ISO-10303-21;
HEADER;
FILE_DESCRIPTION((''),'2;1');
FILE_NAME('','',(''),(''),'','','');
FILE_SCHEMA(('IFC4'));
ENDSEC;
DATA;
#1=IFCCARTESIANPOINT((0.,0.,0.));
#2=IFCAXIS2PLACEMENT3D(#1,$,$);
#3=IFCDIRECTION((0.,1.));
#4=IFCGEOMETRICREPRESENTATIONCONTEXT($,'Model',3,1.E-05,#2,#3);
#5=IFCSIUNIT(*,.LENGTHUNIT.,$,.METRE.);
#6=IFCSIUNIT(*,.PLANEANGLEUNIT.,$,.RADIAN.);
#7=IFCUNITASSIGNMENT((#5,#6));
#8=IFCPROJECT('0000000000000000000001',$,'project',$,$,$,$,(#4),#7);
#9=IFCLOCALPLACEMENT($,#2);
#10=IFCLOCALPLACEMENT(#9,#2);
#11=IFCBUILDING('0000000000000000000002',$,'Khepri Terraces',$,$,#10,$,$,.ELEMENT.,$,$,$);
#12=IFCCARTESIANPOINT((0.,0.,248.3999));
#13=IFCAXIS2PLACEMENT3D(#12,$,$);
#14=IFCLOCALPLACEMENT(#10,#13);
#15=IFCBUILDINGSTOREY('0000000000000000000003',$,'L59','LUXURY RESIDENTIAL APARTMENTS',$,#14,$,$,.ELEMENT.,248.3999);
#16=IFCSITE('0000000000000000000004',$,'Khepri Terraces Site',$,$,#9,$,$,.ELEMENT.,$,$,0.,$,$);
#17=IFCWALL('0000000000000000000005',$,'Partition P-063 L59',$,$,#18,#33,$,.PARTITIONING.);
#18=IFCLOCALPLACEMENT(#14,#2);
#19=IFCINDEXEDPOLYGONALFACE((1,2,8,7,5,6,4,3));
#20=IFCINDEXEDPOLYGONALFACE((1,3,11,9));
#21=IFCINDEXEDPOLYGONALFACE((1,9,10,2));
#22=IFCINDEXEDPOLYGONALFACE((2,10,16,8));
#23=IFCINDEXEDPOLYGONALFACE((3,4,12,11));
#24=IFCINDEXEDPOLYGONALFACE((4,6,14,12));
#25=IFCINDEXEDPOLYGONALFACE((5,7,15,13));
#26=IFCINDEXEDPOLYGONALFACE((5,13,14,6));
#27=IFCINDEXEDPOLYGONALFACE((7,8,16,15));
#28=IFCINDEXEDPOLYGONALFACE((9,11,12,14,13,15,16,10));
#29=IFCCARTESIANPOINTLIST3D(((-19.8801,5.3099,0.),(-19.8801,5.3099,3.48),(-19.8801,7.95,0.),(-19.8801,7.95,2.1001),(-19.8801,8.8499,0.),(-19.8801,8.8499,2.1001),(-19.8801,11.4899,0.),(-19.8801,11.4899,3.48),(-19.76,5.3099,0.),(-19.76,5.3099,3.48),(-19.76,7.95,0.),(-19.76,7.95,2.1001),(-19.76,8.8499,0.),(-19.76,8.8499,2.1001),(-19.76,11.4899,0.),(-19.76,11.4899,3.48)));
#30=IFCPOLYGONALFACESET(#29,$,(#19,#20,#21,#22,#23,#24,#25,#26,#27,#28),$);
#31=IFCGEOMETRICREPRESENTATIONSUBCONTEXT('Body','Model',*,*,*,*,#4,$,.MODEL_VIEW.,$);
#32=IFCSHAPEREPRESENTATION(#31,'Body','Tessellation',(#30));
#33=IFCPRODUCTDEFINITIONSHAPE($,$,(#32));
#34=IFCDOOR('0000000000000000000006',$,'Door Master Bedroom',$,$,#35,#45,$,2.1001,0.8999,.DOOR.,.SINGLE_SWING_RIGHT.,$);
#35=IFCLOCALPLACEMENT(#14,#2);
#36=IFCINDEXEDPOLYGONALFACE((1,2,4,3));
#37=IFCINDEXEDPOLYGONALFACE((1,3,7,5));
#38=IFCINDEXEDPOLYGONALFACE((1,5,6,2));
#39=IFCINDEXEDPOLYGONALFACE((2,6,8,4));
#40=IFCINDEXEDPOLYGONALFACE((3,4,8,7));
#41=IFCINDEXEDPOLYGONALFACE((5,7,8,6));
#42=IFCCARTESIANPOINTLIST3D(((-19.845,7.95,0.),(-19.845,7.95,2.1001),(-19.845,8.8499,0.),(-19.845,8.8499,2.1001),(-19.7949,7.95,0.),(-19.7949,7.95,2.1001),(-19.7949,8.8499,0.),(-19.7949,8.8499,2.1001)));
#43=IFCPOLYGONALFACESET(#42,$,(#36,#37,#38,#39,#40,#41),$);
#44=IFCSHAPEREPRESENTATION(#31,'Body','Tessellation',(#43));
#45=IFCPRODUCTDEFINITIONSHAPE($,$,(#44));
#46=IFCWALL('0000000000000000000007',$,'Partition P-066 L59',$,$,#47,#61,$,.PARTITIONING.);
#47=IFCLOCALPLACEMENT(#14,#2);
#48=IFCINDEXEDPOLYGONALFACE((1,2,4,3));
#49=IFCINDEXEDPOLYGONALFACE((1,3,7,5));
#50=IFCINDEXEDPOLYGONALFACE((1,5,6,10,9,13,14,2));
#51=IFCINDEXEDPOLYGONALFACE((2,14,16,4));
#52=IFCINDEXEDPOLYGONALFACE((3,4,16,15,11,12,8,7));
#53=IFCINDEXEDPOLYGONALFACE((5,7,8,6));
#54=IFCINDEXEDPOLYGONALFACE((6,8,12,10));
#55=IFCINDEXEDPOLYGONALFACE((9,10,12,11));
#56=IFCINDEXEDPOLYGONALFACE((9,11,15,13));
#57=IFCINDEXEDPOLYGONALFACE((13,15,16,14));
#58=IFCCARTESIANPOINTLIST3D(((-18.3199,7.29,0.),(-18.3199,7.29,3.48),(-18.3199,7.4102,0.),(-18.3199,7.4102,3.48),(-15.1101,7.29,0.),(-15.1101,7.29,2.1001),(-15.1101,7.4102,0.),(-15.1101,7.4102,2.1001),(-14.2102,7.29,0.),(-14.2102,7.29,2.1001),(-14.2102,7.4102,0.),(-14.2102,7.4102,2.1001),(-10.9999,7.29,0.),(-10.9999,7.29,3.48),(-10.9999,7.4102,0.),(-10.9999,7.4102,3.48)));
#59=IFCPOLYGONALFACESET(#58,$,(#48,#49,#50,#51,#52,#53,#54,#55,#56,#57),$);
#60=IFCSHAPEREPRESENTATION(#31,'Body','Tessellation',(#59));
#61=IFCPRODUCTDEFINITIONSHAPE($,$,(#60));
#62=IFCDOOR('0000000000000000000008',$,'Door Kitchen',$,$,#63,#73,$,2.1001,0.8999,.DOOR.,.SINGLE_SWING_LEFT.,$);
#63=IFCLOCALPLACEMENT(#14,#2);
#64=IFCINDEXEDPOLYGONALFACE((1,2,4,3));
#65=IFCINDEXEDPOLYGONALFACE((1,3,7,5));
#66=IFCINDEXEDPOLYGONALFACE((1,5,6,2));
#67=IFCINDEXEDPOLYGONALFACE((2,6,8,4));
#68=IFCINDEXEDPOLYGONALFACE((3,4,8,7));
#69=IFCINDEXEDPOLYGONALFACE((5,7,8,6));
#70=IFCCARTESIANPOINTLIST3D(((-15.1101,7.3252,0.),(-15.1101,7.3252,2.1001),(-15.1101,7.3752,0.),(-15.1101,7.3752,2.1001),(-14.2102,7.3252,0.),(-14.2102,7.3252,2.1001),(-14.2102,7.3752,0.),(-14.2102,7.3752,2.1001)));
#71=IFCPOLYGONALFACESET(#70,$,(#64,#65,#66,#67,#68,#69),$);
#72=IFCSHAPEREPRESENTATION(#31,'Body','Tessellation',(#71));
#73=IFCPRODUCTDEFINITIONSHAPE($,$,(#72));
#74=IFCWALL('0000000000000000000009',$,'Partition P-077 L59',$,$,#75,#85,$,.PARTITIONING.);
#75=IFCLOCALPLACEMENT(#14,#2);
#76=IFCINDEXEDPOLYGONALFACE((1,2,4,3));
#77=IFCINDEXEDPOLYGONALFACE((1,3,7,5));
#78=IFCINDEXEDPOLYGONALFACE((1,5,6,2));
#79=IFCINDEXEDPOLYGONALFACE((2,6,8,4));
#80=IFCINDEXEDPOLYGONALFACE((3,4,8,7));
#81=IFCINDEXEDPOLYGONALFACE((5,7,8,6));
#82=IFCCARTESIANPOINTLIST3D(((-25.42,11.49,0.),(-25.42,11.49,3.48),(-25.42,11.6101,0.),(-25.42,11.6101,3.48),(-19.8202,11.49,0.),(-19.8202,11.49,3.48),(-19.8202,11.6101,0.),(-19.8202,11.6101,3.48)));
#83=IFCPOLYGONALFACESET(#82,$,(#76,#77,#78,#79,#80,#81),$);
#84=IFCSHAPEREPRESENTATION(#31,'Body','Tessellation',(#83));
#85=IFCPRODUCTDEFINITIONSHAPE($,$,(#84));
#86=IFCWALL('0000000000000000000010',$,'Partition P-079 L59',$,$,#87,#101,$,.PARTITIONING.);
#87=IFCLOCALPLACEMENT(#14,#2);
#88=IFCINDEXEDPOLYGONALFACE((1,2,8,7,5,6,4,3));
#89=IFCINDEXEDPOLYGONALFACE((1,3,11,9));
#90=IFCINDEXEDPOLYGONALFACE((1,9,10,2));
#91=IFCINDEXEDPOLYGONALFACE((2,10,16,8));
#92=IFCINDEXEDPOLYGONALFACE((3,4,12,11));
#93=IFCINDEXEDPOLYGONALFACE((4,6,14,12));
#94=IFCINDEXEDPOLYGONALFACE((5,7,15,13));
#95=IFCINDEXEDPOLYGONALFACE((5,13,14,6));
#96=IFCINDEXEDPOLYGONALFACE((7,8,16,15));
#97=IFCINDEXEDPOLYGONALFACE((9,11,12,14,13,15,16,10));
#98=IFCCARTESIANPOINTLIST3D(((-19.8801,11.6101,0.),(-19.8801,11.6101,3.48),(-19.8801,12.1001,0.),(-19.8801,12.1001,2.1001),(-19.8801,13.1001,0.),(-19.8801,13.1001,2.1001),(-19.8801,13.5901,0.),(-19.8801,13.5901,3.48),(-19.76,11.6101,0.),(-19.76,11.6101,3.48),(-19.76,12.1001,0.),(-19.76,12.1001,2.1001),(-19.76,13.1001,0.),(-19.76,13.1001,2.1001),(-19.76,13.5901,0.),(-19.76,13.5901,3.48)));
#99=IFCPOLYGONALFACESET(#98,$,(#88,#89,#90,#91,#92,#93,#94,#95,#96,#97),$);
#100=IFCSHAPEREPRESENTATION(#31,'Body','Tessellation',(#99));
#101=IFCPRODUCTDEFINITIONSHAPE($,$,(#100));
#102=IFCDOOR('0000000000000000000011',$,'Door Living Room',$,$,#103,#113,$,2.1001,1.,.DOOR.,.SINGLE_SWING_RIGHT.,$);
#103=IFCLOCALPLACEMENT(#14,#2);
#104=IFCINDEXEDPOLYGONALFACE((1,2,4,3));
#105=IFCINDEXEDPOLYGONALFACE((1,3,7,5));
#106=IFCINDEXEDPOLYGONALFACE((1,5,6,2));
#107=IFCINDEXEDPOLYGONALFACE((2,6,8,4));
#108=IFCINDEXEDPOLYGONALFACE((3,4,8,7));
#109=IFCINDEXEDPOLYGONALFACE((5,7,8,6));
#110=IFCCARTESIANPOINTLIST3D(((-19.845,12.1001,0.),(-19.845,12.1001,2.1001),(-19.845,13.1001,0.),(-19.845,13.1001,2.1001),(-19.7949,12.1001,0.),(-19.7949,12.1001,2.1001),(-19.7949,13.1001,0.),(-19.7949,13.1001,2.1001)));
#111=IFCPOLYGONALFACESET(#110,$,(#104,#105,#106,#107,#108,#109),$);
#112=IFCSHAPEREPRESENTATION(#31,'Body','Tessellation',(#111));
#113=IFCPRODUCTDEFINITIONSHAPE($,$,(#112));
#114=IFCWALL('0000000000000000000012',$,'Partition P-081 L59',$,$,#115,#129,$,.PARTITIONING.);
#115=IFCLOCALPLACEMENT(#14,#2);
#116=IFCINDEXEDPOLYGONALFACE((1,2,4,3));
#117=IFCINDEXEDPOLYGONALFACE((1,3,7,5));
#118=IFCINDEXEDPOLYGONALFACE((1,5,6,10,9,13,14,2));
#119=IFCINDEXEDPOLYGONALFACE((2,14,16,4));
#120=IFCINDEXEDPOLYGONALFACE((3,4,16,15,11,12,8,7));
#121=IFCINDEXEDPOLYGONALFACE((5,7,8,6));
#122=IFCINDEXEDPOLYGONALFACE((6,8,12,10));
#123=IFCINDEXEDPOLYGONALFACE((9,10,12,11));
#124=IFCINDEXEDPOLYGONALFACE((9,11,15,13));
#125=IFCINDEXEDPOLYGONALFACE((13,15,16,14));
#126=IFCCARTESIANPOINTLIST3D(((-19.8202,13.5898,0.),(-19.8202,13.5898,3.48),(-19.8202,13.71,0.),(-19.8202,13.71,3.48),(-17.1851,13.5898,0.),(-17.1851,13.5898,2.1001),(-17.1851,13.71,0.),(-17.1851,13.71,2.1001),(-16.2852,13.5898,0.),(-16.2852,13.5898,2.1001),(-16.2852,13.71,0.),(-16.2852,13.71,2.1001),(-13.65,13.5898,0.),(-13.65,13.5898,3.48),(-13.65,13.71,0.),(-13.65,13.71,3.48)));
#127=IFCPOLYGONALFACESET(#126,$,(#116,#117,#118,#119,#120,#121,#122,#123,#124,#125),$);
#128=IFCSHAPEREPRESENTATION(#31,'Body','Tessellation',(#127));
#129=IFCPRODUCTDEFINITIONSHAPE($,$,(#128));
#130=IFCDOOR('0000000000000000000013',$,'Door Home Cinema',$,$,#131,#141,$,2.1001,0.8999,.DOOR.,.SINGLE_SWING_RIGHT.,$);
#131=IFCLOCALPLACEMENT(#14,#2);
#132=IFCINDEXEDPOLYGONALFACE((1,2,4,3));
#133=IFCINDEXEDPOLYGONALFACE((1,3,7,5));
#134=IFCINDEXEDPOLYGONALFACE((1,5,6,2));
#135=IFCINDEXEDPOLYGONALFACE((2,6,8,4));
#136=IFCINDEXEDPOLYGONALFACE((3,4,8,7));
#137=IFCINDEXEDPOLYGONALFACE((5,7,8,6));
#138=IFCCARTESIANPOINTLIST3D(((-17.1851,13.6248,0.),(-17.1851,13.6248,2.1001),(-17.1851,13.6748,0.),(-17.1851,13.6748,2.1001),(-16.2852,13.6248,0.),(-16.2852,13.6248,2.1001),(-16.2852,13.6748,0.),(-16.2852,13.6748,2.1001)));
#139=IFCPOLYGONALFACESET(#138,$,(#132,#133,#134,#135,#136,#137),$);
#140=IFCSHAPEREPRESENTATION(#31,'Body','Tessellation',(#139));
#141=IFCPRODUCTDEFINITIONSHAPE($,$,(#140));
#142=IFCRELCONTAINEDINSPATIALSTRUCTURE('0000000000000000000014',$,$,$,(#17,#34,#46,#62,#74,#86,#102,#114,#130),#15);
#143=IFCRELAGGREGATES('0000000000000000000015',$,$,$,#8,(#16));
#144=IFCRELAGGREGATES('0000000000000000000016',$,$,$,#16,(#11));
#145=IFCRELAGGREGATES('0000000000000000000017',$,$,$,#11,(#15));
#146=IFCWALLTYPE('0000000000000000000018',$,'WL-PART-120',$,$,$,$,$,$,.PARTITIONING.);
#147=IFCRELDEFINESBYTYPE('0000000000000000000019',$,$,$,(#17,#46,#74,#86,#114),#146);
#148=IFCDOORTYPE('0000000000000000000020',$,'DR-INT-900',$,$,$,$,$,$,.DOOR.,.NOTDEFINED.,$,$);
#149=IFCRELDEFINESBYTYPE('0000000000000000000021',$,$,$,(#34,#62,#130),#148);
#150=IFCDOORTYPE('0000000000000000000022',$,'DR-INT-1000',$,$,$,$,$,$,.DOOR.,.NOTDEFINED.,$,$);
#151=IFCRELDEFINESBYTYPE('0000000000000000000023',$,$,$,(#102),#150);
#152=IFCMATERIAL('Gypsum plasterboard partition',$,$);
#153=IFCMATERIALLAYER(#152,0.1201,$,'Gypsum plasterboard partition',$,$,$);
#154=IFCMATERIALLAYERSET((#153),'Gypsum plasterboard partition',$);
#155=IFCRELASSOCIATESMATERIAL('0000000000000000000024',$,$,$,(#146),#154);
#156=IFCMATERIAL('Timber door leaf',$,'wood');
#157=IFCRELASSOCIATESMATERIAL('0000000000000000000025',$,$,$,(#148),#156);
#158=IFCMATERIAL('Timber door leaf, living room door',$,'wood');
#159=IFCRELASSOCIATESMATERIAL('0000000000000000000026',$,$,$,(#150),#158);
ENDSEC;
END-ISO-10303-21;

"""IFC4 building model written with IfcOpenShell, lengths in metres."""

from ifc_helpers import new_model, si_unit, direction, frame, frame_2d, origin, place, context, subcontext, project, spatial, rectangle, extrude, material, layer, layer_set, type_object, element, fill, save


model = new_model("IFC4")

# Units and contexts
model_context = context("Model", 3, precision=1e-05, world=origin(), true_north=direction((0.0, 1.0)))
body_context = subcontext(model_context, "Body", "Model", "MODEL_VIEW")
ifc_project = project(units=[si_unit("LENGTHUNIT", "METRE"), si_unit("PLANEANGLEUNIT", "RADIAN")], contexts=[model_context])

# Site, building, storey
site_placement = place(None, origin())
site = spatial("IfcSite", under=ifc_project, at=site_placement, Name="Khepri Terraces Site", CompositionType="ELEMENT", RefElevation=0.0)
building_placement = place(site_placement, origin())
building = spatial("IfcBuilding", under=site, at=building_placement, Name="Khepri Terraces", CompositionType="ELEMENT")
storey_placement = place(building_placement, frame((0.0, 0.0, 248.3999)))
storey = spatial("IfcBuildingStorey", under=building, at=storey_placement, Name="L59", Description="LUXURY RESIDENTIAL APARTMENTS", CompositionType="ELEMENT", Elevation=248.3999)

# Shared definitions
ifc_material_1 = material(Name="Gypsum plasterboard partition")
ifc_layer_1 = layer(ifc_material_1, 0.1201, Name="Gypsum plasterboard partition")
ifc_layer_set_1 = layer_set([ifc_layer_1], Name="Gypsum plasterboard partition")
wall_type_1 = type_object("IfcWallType", Name="WL-PART-120", PredefinedType="PARTITIONING", material=ifc_layer_set_1)

# Walls, openings, doors
ifc_material_2 = material(Name="Timber door leaf", Category="wood")
door_type_1 = type_object("IfcDoorType", Name="DR-INT-900", OperationType="NOTDEFINED", PredefinedType="DOOR", material=ifc_material_2)
wall_1_placement = place(storey_placement, frame((-19.8201, 5.3101, 0.0), z_axis=(0.0, 0.0, 1.0), x_axis=(0.0, 1.0, 0.0)))
wall_1 = element("IfcWall", 1, at=wall_1_placement, inside=storey, type_object=wall_type_1, Name="Partition P-063 L59", PredefinedType="PARTITIONING", context=body_context, shape_type="SweptSolid", body=[
    extrude(rectangle(XDim=6.1799, YDim=0.1201, at=frame_2d((3.0898, 0.0))), origin(), (0.0, 0.0, 1.0), 3.48),
])
opening_1_placement = place(wall_1_placement, frame((2.6399, 0.0, 0.0)))
opening_1 = element("IfcOpeningElement", 2, at=opening_1_placement, cuts=wall_1, PredefinedType="OPENING", context=body_context, shape_type="SweptSolid", body=[
    extrude(rectangle(XDim=0.8999, YDim=2.1001, at=frame_2d((0.45, 1.05))), frame((0.0, 0.0701, 0.0), z_axis=(0.0, -1.0, 0.0), x_axis=(1.0, 0.0, 0.0)), (0.0, 0.0, 1.0), 0.1401),
])
door_1_placement = place(opening_1_placement, origin())
door_1 = element("IfcDoor", 3, at=door_1_placement, inside=storey, type_object=door_type_1, Name="Door Master Bedroom", OperationType="SINGLE_SWING_RIGHT", OverallHeight=2.1001, OverallWidth=0.8999, PredefinedType="DOOR", context=body_context, shape_type="SweptSolid", body=[
    extrude(rectangle(XDim=0.8999, YDim=2.1001, at=frame_2d((0.45, 1.05))), frame((0.0, 0.0249, 0.0), z_axis=(0.0, -1.0, 0.0), x_axis=(1.0, 0.0, 0.0)), (0.0, 0.0, 1.0), 0.05),
])
fill(opening_1, door_1)
wall_2_placement = place(storey_placement, frame((-18.3201, 7.3501, 0.0), z_axis=(0.0, 0.0, 1.0), x_axis=(1.0, 0.0, 0.0)))
wall_2 = element("IfcWall", 4, at=wall_2_placement, inside=storey, type_object=wall_type_1, Name="Partition P-066 L59", PredefinedType="PARTITIONING", context=body_context, shape_type="SweptSolid", body=[
    extrude(rectangle(XDim=7.3201, YDim=0.1201, at=frame_2d((3.6602, 0.0))), origin(), (0.0, 0.0, 1.0), 3.48),
])
opening_2_placement = place(wall_2_placement, frame((3.21, 0.0, 0.0)))
opening_2 = element("IfcOpeningElement", 5, at=opening_2_placement, cuts=wall_2, PredefinedType="OPENING", context=body_context, shape_type="SweptSolid", body=[
    extrude(rectangle(XDim=0.8999, YDim=2.1001, at=frame_2d((0.45, 1.05))), frame((0.0, 0.0701, 0.0), z_axis=(0.0, -1.0, 0.0), x_axis=(1.0, 0.0, 0.0)), (0.0, 0.0, 1.0), 0.1401),
])
door_2_placement = place(opening_2_placement, frame((0.8999, 0.0, 0.0), z_axis=(0.0, 0.0, 1.0), x_axis=(-1.0, 0.0, 0.0)))
door_2 = element("IfcDoor", 6, at=door_2_placement, inside=storey, type_object=door_type_1, Name="Door Kitchen", OperationType="SINGLE_SWING_LEFT", OverallHeight=2.1001, OverallWidth=0.8999, PredefinedType="DOOR", context=body_context, shape_type="SweptSolid", body=[
    extrude(rectangle(XDim=0.8999, YDim=2.1001, at=frame_2d((0.45, 1.05))), frame((0.0, 0.0249, 0.0), z_axis=(0.0, -1.0, 0.0), x_axis=(1.0, 0.0, 0.0)), (0.0, 0.0, 1.0), 0.05),
])
fill(opening_2, door_2)

# Wall
wall_3_placement = place(storey_placement, frame((-25.4199, 11.55, 0.0), z_axis=(0.0, 0.0, 1.0), x_axis=(1.0, 0.0, 0.0)))
element("IfcWall", 7, at=wall_3_placement, inside=storey, type_object=wall_type_1, Name="Partition P-077 L59", PredefinedType="PARTITIONING", context=body_context, shape_type="SweptSolid", body=[
    extrude(rectangle(XDim=5.5999, YDim=0.1201, at=frame_2d((2.7998, 0.0))), origin(), (0.0, 0.0, 1.0), 3.48),
])

# Walls, openings, doors
wall_4_placement = place(storey_placement, frame((-19.8201, 11.6101, 0.0), z_axis=(0.0, 0.0, 1.0), x_axis=(0.0, 1.0, 0.0)))
wall_4 = element("IfcWall", 8, at=wall_4_placement, inside=storey, type_object=wall_type_1, Name="Partition P-079 L59", PredefinedType="PARTITIONING", context=body_context, shape_type="SweptSolid", body=[
    extrude(rectangle(XDim=1.98, YDim=0.1201, at=frame_2d((0.99, 0.0))), origin(), (0.0, 0.0, 1.0), 3.48),
])
opening_3_placement = place(wall_4_placement, frame((0.49, 0.0, 0.0)))
opening_3 = element("IfcOpeningElement", 9, at=opening_3_placement, cuts=wall_4, PredefinedType="OPENING", context=body_context, shape_type="SweptSolid", body=[
    extrude(rectangle(XDim=1.0, YDim=2.1001, at=frame_2d((0.5, 1.05))), frame((0.0, 0.0701, 0.0), z_axis=(0.0, -1.0, 0.0), x_axis=(1.0, 0.0, 0.0)), (0.0, 0.0, 1.0), 0.1401),
])
ifc_material_3 = material(Name="Timber door leaf, living room door", Category="wood")
door_type_2 = type_object("IfcDoorType", Name="DR-INT-1000", OperationType="NOTDEFINED", PredefinedType="DOOR", material=ifc_material_3)
door_3_placement = place(opening_3_placement, origin())
door_3 = element("IfcDoor", 10, at=door_3_placement, inside=storey, type_object=door_type_2, Name="Door Living Room", OperationType="SINGLE_SWING_RIGHT", OverallHeight=2.1001, OverallWidth=1.0, PredefinedType="DOOR", context=body_context, shape_type="SweptSolid", body=[
    extrude(rectangle(XDim=1.0, YDim=2.1001, at=frame_2d((0.5, 1.05))), frame((0.0, 0.0249, 0.0), z_axis=(0.0, -1.0, 0.0), x_axis=(1.0, 0.0, 0.0)), (0.0, 0.0, 1.0), 0.05),
])
fill(opening_3, door_3)
wall_5_placement = place(storey_placement, frame((-19.8201, 13.6499, 0.0), z_axis=(0.0, 0.0, 1.0), x_axis=(1.0, 0.0, 0.0)))
wall_5 = element("IfcWall", 11, at=wall_5_placement, inside=storey, type_object=wall_type_1, Name="Partition P-081 L59", PredefinedType="PARTITIONING", context=body_context, shape_type="SweptSolid", body=[
    extrude(rectangle(XDim=6.1702, YDim=0.1201, at=frame_2d((3.085, 0.0))), origin(), (0.0, 0.0, 1.0), 3.48),
])
opening_4_placement = place(wall_5_placement, frame((2.635, 0.0, 0.0)))
opening_4 = element("IfcOpeningElement", 12, at=opening_4_placement, cuts=wall_5, PredefinedType="OPENING", context=body_context, shape_type="SweptSolid", body=[
    extrude(rectangle(XDim=0.8999, YDim=2.1001, at=frame_2d((0.45, 1.05))), frame((0.0, 0.0701, 0.0), z_axis=(0.0, -1.0, 0.0), x_axis=(1.0, 0.0, 0.0)), (0.0, 0.0, 1.0), 0.1401),
])
door_4_placement = place(opening_4_placement, origin())
door_4 = element("IfcDoor", 13, at=door_4_placement, inside=storey, type_object=door_type_1, Name="Door Home Cinema", OperationType="SINGLE_SWING_RIGHT", OverallHeight=2.1001, OverallWidth=0.8999, PredefinedType="DOOR", context=body_context, shape_type="SweptSolid", body=[
    extrude(rectangle(XDim=0.8999, YDim=2.1001, at=frame_2d((0.45, 1.05))), frame((0.0, 0.0249, 0.0), z_axis=(0.0, -1.0, 0.0), x_axis=(1.0, 0.0, 0.0)), (0.0, 0.0, 1.0), 0.05),
])
fill(opening_4, door_4)

save(model, "model.ifc")
